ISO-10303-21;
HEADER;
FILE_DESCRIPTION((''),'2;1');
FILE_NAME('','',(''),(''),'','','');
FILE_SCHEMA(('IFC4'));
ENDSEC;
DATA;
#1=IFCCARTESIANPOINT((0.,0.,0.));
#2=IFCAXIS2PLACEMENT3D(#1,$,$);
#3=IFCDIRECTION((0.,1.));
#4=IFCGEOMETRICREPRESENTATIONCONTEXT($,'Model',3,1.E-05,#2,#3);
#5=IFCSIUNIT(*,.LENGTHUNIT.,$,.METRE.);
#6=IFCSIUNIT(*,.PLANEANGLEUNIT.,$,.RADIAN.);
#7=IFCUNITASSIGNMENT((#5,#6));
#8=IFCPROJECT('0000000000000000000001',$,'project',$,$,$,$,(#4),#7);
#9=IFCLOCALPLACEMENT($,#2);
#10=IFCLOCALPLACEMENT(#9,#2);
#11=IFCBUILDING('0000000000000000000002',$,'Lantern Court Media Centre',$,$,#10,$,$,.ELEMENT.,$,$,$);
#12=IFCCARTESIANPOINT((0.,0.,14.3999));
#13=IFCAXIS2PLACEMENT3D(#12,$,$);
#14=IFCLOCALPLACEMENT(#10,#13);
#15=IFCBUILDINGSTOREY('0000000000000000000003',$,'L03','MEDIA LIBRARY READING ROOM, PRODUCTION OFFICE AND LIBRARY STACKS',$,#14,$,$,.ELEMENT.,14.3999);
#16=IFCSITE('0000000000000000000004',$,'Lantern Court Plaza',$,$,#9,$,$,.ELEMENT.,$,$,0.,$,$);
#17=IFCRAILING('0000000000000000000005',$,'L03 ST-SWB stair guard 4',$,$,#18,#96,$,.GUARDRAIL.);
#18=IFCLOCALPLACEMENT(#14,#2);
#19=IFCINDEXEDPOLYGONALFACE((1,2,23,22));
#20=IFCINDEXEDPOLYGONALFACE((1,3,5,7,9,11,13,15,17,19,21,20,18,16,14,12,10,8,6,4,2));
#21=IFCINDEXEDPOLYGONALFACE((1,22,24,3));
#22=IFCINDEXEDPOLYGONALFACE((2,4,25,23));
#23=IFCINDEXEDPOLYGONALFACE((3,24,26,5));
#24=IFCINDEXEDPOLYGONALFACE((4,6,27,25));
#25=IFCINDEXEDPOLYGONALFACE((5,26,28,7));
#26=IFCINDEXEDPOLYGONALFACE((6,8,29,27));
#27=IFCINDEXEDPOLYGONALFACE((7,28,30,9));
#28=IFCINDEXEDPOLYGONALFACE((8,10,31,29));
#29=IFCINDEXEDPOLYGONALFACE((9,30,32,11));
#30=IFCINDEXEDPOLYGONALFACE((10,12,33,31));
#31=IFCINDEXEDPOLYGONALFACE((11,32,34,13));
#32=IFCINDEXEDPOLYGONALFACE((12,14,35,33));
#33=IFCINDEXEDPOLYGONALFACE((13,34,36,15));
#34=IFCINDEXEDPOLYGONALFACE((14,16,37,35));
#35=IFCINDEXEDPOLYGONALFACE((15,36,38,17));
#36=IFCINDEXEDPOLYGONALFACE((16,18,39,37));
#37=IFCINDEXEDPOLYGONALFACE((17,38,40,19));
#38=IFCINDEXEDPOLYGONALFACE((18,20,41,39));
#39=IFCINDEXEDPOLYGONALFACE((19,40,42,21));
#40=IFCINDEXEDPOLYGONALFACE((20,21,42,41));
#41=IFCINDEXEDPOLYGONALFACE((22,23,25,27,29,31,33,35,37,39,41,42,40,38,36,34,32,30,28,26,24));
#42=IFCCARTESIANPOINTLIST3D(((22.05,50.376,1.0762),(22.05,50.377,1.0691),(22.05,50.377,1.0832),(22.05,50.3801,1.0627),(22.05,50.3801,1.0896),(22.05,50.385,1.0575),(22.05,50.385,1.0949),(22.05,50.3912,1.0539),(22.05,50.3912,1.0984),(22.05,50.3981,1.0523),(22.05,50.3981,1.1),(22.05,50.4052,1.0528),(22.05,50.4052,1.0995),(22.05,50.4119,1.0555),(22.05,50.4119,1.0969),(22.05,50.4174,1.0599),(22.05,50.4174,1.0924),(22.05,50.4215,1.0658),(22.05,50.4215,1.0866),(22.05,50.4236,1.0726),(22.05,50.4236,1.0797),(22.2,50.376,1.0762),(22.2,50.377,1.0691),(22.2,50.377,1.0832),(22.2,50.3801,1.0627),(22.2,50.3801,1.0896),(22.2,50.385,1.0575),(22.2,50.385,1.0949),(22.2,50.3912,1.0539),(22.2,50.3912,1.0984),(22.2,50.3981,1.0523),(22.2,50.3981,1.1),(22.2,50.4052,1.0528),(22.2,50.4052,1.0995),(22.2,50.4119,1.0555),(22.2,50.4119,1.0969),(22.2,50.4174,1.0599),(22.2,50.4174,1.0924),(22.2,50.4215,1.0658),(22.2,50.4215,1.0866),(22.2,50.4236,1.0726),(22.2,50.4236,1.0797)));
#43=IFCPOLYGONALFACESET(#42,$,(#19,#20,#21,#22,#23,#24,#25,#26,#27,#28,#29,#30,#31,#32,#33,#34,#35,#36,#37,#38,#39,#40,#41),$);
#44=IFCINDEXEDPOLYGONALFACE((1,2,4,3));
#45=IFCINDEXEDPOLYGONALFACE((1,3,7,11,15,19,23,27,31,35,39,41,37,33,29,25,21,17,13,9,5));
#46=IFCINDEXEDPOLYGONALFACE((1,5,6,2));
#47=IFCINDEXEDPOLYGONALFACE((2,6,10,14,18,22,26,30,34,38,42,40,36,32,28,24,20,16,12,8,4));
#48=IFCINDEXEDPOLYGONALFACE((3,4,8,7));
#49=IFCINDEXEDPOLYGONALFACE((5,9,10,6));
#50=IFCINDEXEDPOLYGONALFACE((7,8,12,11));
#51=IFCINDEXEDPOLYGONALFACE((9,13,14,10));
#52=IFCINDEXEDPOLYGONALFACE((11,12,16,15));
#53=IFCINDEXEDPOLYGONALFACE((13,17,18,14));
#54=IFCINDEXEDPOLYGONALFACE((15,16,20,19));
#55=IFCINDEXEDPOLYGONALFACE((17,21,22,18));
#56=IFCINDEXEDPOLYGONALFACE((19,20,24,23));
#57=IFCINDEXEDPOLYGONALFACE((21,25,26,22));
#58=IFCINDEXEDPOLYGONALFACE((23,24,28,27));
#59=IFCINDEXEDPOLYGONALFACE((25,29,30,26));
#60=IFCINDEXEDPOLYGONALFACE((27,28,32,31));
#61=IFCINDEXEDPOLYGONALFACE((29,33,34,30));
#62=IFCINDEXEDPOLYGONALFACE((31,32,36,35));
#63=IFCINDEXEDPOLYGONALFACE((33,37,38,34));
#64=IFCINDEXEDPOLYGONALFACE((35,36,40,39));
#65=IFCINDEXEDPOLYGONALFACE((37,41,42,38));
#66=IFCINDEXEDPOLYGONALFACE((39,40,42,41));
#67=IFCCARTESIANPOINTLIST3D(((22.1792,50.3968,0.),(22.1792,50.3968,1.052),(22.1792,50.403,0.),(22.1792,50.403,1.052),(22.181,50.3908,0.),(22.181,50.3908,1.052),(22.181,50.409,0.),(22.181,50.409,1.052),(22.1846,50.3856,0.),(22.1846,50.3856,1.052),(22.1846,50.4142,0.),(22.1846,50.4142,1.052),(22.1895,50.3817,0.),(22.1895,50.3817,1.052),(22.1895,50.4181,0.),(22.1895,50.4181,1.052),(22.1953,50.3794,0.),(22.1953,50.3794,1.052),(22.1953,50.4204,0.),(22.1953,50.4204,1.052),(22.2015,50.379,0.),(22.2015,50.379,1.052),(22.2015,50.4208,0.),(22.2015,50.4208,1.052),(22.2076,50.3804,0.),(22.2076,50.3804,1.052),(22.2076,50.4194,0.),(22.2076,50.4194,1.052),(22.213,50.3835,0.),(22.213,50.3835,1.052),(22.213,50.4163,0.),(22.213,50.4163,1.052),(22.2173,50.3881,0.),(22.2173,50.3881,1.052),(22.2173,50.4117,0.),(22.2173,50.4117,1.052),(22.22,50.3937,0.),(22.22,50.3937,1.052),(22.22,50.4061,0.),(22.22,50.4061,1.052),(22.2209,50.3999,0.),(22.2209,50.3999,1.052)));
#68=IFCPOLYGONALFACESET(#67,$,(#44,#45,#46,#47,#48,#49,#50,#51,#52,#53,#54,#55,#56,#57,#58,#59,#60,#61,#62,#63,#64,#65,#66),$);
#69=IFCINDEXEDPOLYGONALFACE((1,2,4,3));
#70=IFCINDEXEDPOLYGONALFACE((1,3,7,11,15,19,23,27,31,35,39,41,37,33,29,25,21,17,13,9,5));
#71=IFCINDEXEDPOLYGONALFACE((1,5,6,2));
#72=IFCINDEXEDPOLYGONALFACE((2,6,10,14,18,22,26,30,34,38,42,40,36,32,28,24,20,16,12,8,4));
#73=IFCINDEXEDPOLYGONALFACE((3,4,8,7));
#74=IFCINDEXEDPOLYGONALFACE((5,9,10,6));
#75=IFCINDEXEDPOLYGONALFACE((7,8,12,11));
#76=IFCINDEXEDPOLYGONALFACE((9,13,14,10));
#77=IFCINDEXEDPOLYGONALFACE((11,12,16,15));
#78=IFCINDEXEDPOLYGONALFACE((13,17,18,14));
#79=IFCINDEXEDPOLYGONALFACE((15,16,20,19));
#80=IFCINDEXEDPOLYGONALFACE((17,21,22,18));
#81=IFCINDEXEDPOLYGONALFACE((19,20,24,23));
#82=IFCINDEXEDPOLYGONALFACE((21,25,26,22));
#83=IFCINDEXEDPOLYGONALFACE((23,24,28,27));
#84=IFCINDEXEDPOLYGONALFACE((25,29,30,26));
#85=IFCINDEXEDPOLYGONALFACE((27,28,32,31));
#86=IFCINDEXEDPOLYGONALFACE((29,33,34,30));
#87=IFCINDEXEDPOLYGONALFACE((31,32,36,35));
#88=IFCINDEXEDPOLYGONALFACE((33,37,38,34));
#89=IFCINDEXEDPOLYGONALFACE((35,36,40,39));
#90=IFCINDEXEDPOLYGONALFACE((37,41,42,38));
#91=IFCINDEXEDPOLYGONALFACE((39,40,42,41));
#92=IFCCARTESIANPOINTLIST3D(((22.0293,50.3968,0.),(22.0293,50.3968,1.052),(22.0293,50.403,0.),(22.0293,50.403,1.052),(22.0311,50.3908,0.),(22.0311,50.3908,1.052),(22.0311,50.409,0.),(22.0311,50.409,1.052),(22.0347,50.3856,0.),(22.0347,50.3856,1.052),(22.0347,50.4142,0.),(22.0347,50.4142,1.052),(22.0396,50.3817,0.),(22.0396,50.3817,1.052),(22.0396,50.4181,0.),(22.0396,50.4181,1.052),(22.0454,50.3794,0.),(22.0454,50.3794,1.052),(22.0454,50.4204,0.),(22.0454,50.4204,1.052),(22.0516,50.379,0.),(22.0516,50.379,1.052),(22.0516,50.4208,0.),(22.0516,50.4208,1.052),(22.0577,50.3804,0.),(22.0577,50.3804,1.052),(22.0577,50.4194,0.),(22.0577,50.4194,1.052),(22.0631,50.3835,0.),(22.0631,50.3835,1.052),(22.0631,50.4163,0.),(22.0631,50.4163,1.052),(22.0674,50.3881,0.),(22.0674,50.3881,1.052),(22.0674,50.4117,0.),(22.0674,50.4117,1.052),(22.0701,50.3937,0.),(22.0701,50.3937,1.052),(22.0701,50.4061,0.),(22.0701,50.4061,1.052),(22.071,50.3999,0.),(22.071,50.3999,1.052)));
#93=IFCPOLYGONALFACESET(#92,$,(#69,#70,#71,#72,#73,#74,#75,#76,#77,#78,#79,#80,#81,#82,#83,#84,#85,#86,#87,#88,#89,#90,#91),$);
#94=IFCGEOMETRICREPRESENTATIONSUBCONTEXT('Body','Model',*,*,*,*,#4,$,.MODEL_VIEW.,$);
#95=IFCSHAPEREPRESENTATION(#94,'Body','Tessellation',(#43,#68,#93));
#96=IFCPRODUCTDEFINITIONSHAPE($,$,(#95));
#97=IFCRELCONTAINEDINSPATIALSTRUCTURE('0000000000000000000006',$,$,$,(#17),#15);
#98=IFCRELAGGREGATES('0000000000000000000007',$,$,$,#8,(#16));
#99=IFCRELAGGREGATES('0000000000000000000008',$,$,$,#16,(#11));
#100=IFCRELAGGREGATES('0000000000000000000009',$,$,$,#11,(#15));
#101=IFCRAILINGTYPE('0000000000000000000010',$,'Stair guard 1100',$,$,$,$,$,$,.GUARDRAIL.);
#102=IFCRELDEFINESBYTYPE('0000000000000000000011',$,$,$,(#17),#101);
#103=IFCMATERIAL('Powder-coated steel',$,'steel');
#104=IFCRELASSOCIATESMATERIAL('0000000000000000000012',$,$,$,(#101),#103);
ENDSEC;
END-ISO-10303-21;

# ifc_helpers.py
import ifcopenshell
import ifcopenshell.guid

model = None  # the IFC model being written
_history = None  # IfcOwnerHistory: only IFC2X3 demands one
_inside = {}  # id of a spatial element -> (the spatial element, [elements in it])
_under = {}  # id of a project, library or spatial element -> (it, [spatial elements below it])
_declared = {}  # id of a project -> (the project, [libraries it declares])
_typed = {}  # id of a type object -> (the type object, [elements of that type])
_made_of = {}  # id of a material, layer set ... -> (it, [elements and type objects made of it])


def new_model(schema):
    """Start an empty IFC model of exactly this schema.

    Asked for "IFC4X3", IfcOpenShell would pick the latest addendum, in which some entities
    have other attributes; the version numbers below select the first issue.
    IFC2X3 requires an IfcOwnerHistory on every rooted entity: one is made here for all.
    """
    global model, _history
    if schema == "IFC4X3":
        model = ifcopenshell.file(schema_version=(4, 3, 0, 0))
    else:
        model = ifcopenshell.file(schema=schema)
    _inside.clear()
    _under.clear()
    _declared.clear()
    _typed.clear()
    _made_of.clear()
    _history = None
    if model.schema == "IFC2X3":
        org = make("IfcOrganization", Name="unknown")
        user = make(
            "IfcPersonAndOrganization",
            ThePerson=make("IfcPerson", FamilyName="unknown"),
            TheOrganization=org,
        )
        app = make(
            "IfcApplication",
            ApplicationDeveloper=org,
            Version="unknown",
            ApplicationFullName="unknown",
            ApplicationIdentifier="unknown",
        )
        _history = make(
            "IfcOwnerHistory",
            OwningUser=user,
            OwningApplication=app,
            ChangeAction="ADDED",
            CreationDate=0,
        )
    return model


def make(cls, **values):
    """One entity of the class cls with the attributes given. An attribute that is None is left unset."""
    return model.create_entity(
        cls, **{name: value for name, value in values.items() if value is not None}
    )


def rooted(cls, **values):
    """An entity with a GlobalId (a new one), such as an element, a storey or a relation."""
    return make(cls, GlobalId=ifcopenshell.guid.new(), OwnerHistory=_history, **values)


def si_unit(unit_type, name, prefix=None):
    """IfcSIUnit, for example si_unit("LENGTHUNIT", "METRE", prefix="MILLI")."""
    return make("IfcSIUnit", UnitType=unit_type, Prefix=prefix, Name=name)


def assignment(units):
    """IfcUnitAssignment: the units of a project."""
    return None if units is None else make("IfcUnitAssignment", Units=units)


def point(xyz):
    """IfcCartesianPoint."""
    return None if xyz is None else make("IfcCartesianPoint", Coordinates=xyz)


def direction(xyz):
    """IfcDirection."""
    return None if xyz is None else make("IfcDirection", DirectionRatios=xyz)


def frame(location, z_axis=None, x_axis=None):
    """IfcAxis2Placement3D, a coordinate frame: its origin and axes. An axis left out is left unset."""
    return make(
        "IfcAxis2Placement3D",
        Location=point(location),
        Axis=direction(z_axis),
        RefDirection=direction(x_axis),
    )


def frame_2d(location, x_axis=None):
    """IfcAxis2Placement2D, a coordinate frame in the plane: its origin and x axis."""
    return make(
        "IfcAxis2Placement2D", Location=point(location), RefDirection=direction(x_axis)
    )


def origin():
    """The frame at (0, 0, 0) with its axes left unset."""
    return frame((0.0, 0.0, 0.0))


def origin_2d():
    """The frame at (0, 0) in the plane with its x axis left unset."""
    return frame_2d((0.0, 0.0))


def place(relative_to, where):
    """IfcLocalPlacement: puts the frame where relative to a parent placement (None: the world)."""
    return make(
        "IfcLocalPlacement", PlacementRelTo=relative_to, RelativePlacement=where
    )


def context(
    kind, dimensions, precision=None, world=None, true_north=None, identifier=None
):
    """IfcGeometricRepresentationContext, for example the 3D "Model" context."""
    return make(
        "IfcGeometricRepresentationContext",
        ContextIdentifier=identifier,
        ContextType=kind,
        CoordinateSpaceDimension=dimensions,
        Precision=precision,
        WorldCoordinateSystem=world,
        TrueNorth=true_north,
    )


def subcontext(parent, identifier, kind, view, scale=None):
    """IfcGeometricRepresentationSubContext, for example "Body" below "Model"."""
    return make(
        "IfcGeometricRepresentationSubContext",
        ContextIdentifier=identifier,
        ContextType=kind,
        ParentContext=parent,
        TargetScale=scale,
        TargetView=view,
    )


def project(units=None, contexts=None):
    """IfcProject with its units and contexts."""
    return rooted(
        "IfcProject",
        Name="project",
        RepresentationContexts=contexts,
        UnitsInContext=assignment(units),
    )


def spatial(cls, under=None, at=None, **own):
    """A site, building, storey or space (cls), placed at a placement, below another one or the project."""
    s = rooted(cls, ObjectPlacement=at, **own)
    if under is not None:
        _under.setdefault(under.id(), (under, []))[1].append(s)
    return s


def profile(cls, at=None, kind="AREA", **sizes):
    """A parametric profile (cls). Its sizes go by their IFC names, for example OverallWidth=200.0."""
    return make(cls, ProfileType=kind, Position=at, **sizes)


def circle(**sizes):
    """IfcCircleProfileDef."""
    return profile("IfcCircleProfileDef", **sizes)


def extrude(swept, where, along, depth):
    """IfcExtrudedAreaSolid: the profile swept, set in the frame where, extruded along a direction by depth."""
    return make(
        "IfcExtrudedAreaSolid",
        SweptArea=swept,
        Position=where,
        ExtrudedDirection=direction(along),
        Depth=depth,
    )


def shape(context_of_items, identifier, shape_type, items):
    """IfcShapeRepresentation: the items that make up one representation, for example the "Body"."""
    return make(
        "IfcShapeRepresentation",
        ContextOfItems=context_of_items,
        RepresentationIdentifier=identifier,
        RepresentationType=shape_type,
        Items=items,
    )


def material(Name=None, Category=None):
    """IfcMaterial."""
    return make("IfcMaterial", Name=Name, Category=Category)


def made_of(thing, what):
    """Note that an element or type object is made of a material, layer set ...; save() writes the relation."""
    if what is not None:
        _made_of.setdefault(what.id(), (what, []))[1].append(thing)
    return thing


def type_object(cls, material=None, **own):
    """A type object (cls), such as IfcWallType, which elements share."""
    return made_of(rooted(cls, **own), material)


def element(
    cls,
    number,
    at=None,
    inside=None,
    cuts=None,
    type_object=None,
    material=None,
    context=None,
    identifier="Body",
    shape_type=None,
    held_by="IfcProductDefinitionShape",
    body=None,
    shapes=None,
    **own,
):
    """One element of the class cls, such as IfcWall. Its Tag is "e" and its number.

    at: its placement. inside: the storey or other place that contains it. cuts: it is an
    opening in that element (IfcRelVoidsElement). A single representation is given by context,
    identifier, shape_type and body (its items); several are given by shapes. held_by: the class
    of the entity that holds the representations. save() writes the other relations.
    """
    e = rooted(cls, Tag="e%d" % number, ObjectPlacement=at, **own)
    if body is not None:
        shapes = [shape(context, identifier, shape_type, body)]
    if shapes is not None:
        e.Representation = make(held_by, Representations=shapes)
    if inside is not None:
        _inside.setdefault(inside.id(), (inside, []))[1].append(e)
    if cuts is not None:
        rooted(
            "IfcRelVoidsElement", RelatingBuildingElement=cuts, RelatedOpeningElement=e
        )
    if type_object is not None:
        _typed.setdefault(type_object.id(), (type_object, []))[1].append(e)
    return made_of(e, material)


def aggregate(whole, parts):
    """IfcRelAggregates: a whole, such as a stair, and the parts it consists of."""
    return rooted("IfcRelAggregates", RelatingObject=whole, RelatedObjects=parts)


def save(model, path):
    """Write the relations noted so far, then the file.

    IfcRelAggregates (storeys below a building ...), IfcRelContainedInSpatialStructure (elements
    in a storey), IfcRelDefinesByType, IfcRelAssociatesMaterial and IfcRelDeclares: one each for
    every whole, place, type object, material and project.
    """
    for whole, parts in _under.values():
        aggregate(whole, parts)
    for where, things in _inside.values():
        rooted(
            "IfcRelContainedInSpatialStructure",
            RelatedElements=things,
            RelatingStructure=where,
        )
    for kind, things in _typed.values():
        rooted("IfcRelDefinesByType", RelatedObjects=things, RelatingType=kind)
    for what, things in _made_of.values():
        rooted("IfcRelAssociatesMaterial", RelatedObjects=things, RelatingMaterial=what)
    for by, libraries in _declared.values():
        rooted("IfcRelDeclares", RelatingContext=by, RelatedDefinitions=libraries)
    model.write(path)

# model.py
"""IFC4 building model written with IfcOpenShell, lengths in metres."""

from ifc_helpers import new_model, si_unit, direction, frame, origin, origin_2d, place, context, subcontext, project, spatial, circle, extrude, material, type_object, element, save


model = new_model("IFC4")

# Units and contexts
model_context = context("Model", 3, precision=1e-05, world=origin(), true_north=direction((0.0, 1.0)))
body_context = subcontext(model_context, "Body", "Model", "MODEL_VIEW")
ifc_project = project(units=[si_unit("LENGTHUNIT", "METRE"), si_unit("PLANEANGLEUNIT", "RADIAN")], contexts=[model_context])

# Site, building, storey
site_placement = place(None, origin())
site = spatial("IfcSite", under=ifc_project, at=site_placement, Name="Lantern Court Plaza", CompositionType="ELEMENT", RefElevation=0.0)
building_placement = place(site_placement, origin())
building = spatial("IfcBuilding", under=site, at=building_placement, Name="Lantern Court Media Centre", CompositionType="ELEMENT")
storey_placement = place(building_placement, frame((0.0, 0.0, 14.3999)))
storey = spatial("IfcBuildingStorey", under=building, at=storey_placement, Name="L03", Description="MEDIA LIBRARY READING ROOM, PRODUCTION OFFICE AND LIBRARY STACKS", CompositionType="ELEMENT", Elevation=14.3999)

# Shared definitions
ifc_material_1 = material(Name="Powder-coated steel", Category="steel")

# Railing
railing_type_1 = type_object("IfcRailingType", Name="Stair guard 1100", PredefinedType="GUARDRAIL", material=ifc_material_1)
railing_1_placement = place(storey_placement, frame((22.2, 50.3999, 0.0)))
element("IfcRailing", 1, at=railing_1_placement, inside=storey, type_object=railing_type_1, Name="L03 ST-SWB stair guard 4", PredefinedType="GUARDRAIL", context=body_context, shape_type="SweptSolid", body=[
    extrude(circle(Radius=0.0239, at=origin_2d()), frame((0.0, 0.0, 1.0762), z_axis=(-1.0, 0.0, 0.0), x_axis=(0.0, -1.0, 0.0)), (0.0, 0.0, 1.0), 0.1499),
    extrude(circle(Radius=0.021, at=origin_2d()), origin(), (0.0, 0.0, 1.0), 1.052),
    extrude(circle(Radius=0.021, at=origin_2d()), frame((-0.1499, 0.0, 0.0)), (0.0, 0.0, 1.0), 1.052),
])

save(model, "model.ifc")
